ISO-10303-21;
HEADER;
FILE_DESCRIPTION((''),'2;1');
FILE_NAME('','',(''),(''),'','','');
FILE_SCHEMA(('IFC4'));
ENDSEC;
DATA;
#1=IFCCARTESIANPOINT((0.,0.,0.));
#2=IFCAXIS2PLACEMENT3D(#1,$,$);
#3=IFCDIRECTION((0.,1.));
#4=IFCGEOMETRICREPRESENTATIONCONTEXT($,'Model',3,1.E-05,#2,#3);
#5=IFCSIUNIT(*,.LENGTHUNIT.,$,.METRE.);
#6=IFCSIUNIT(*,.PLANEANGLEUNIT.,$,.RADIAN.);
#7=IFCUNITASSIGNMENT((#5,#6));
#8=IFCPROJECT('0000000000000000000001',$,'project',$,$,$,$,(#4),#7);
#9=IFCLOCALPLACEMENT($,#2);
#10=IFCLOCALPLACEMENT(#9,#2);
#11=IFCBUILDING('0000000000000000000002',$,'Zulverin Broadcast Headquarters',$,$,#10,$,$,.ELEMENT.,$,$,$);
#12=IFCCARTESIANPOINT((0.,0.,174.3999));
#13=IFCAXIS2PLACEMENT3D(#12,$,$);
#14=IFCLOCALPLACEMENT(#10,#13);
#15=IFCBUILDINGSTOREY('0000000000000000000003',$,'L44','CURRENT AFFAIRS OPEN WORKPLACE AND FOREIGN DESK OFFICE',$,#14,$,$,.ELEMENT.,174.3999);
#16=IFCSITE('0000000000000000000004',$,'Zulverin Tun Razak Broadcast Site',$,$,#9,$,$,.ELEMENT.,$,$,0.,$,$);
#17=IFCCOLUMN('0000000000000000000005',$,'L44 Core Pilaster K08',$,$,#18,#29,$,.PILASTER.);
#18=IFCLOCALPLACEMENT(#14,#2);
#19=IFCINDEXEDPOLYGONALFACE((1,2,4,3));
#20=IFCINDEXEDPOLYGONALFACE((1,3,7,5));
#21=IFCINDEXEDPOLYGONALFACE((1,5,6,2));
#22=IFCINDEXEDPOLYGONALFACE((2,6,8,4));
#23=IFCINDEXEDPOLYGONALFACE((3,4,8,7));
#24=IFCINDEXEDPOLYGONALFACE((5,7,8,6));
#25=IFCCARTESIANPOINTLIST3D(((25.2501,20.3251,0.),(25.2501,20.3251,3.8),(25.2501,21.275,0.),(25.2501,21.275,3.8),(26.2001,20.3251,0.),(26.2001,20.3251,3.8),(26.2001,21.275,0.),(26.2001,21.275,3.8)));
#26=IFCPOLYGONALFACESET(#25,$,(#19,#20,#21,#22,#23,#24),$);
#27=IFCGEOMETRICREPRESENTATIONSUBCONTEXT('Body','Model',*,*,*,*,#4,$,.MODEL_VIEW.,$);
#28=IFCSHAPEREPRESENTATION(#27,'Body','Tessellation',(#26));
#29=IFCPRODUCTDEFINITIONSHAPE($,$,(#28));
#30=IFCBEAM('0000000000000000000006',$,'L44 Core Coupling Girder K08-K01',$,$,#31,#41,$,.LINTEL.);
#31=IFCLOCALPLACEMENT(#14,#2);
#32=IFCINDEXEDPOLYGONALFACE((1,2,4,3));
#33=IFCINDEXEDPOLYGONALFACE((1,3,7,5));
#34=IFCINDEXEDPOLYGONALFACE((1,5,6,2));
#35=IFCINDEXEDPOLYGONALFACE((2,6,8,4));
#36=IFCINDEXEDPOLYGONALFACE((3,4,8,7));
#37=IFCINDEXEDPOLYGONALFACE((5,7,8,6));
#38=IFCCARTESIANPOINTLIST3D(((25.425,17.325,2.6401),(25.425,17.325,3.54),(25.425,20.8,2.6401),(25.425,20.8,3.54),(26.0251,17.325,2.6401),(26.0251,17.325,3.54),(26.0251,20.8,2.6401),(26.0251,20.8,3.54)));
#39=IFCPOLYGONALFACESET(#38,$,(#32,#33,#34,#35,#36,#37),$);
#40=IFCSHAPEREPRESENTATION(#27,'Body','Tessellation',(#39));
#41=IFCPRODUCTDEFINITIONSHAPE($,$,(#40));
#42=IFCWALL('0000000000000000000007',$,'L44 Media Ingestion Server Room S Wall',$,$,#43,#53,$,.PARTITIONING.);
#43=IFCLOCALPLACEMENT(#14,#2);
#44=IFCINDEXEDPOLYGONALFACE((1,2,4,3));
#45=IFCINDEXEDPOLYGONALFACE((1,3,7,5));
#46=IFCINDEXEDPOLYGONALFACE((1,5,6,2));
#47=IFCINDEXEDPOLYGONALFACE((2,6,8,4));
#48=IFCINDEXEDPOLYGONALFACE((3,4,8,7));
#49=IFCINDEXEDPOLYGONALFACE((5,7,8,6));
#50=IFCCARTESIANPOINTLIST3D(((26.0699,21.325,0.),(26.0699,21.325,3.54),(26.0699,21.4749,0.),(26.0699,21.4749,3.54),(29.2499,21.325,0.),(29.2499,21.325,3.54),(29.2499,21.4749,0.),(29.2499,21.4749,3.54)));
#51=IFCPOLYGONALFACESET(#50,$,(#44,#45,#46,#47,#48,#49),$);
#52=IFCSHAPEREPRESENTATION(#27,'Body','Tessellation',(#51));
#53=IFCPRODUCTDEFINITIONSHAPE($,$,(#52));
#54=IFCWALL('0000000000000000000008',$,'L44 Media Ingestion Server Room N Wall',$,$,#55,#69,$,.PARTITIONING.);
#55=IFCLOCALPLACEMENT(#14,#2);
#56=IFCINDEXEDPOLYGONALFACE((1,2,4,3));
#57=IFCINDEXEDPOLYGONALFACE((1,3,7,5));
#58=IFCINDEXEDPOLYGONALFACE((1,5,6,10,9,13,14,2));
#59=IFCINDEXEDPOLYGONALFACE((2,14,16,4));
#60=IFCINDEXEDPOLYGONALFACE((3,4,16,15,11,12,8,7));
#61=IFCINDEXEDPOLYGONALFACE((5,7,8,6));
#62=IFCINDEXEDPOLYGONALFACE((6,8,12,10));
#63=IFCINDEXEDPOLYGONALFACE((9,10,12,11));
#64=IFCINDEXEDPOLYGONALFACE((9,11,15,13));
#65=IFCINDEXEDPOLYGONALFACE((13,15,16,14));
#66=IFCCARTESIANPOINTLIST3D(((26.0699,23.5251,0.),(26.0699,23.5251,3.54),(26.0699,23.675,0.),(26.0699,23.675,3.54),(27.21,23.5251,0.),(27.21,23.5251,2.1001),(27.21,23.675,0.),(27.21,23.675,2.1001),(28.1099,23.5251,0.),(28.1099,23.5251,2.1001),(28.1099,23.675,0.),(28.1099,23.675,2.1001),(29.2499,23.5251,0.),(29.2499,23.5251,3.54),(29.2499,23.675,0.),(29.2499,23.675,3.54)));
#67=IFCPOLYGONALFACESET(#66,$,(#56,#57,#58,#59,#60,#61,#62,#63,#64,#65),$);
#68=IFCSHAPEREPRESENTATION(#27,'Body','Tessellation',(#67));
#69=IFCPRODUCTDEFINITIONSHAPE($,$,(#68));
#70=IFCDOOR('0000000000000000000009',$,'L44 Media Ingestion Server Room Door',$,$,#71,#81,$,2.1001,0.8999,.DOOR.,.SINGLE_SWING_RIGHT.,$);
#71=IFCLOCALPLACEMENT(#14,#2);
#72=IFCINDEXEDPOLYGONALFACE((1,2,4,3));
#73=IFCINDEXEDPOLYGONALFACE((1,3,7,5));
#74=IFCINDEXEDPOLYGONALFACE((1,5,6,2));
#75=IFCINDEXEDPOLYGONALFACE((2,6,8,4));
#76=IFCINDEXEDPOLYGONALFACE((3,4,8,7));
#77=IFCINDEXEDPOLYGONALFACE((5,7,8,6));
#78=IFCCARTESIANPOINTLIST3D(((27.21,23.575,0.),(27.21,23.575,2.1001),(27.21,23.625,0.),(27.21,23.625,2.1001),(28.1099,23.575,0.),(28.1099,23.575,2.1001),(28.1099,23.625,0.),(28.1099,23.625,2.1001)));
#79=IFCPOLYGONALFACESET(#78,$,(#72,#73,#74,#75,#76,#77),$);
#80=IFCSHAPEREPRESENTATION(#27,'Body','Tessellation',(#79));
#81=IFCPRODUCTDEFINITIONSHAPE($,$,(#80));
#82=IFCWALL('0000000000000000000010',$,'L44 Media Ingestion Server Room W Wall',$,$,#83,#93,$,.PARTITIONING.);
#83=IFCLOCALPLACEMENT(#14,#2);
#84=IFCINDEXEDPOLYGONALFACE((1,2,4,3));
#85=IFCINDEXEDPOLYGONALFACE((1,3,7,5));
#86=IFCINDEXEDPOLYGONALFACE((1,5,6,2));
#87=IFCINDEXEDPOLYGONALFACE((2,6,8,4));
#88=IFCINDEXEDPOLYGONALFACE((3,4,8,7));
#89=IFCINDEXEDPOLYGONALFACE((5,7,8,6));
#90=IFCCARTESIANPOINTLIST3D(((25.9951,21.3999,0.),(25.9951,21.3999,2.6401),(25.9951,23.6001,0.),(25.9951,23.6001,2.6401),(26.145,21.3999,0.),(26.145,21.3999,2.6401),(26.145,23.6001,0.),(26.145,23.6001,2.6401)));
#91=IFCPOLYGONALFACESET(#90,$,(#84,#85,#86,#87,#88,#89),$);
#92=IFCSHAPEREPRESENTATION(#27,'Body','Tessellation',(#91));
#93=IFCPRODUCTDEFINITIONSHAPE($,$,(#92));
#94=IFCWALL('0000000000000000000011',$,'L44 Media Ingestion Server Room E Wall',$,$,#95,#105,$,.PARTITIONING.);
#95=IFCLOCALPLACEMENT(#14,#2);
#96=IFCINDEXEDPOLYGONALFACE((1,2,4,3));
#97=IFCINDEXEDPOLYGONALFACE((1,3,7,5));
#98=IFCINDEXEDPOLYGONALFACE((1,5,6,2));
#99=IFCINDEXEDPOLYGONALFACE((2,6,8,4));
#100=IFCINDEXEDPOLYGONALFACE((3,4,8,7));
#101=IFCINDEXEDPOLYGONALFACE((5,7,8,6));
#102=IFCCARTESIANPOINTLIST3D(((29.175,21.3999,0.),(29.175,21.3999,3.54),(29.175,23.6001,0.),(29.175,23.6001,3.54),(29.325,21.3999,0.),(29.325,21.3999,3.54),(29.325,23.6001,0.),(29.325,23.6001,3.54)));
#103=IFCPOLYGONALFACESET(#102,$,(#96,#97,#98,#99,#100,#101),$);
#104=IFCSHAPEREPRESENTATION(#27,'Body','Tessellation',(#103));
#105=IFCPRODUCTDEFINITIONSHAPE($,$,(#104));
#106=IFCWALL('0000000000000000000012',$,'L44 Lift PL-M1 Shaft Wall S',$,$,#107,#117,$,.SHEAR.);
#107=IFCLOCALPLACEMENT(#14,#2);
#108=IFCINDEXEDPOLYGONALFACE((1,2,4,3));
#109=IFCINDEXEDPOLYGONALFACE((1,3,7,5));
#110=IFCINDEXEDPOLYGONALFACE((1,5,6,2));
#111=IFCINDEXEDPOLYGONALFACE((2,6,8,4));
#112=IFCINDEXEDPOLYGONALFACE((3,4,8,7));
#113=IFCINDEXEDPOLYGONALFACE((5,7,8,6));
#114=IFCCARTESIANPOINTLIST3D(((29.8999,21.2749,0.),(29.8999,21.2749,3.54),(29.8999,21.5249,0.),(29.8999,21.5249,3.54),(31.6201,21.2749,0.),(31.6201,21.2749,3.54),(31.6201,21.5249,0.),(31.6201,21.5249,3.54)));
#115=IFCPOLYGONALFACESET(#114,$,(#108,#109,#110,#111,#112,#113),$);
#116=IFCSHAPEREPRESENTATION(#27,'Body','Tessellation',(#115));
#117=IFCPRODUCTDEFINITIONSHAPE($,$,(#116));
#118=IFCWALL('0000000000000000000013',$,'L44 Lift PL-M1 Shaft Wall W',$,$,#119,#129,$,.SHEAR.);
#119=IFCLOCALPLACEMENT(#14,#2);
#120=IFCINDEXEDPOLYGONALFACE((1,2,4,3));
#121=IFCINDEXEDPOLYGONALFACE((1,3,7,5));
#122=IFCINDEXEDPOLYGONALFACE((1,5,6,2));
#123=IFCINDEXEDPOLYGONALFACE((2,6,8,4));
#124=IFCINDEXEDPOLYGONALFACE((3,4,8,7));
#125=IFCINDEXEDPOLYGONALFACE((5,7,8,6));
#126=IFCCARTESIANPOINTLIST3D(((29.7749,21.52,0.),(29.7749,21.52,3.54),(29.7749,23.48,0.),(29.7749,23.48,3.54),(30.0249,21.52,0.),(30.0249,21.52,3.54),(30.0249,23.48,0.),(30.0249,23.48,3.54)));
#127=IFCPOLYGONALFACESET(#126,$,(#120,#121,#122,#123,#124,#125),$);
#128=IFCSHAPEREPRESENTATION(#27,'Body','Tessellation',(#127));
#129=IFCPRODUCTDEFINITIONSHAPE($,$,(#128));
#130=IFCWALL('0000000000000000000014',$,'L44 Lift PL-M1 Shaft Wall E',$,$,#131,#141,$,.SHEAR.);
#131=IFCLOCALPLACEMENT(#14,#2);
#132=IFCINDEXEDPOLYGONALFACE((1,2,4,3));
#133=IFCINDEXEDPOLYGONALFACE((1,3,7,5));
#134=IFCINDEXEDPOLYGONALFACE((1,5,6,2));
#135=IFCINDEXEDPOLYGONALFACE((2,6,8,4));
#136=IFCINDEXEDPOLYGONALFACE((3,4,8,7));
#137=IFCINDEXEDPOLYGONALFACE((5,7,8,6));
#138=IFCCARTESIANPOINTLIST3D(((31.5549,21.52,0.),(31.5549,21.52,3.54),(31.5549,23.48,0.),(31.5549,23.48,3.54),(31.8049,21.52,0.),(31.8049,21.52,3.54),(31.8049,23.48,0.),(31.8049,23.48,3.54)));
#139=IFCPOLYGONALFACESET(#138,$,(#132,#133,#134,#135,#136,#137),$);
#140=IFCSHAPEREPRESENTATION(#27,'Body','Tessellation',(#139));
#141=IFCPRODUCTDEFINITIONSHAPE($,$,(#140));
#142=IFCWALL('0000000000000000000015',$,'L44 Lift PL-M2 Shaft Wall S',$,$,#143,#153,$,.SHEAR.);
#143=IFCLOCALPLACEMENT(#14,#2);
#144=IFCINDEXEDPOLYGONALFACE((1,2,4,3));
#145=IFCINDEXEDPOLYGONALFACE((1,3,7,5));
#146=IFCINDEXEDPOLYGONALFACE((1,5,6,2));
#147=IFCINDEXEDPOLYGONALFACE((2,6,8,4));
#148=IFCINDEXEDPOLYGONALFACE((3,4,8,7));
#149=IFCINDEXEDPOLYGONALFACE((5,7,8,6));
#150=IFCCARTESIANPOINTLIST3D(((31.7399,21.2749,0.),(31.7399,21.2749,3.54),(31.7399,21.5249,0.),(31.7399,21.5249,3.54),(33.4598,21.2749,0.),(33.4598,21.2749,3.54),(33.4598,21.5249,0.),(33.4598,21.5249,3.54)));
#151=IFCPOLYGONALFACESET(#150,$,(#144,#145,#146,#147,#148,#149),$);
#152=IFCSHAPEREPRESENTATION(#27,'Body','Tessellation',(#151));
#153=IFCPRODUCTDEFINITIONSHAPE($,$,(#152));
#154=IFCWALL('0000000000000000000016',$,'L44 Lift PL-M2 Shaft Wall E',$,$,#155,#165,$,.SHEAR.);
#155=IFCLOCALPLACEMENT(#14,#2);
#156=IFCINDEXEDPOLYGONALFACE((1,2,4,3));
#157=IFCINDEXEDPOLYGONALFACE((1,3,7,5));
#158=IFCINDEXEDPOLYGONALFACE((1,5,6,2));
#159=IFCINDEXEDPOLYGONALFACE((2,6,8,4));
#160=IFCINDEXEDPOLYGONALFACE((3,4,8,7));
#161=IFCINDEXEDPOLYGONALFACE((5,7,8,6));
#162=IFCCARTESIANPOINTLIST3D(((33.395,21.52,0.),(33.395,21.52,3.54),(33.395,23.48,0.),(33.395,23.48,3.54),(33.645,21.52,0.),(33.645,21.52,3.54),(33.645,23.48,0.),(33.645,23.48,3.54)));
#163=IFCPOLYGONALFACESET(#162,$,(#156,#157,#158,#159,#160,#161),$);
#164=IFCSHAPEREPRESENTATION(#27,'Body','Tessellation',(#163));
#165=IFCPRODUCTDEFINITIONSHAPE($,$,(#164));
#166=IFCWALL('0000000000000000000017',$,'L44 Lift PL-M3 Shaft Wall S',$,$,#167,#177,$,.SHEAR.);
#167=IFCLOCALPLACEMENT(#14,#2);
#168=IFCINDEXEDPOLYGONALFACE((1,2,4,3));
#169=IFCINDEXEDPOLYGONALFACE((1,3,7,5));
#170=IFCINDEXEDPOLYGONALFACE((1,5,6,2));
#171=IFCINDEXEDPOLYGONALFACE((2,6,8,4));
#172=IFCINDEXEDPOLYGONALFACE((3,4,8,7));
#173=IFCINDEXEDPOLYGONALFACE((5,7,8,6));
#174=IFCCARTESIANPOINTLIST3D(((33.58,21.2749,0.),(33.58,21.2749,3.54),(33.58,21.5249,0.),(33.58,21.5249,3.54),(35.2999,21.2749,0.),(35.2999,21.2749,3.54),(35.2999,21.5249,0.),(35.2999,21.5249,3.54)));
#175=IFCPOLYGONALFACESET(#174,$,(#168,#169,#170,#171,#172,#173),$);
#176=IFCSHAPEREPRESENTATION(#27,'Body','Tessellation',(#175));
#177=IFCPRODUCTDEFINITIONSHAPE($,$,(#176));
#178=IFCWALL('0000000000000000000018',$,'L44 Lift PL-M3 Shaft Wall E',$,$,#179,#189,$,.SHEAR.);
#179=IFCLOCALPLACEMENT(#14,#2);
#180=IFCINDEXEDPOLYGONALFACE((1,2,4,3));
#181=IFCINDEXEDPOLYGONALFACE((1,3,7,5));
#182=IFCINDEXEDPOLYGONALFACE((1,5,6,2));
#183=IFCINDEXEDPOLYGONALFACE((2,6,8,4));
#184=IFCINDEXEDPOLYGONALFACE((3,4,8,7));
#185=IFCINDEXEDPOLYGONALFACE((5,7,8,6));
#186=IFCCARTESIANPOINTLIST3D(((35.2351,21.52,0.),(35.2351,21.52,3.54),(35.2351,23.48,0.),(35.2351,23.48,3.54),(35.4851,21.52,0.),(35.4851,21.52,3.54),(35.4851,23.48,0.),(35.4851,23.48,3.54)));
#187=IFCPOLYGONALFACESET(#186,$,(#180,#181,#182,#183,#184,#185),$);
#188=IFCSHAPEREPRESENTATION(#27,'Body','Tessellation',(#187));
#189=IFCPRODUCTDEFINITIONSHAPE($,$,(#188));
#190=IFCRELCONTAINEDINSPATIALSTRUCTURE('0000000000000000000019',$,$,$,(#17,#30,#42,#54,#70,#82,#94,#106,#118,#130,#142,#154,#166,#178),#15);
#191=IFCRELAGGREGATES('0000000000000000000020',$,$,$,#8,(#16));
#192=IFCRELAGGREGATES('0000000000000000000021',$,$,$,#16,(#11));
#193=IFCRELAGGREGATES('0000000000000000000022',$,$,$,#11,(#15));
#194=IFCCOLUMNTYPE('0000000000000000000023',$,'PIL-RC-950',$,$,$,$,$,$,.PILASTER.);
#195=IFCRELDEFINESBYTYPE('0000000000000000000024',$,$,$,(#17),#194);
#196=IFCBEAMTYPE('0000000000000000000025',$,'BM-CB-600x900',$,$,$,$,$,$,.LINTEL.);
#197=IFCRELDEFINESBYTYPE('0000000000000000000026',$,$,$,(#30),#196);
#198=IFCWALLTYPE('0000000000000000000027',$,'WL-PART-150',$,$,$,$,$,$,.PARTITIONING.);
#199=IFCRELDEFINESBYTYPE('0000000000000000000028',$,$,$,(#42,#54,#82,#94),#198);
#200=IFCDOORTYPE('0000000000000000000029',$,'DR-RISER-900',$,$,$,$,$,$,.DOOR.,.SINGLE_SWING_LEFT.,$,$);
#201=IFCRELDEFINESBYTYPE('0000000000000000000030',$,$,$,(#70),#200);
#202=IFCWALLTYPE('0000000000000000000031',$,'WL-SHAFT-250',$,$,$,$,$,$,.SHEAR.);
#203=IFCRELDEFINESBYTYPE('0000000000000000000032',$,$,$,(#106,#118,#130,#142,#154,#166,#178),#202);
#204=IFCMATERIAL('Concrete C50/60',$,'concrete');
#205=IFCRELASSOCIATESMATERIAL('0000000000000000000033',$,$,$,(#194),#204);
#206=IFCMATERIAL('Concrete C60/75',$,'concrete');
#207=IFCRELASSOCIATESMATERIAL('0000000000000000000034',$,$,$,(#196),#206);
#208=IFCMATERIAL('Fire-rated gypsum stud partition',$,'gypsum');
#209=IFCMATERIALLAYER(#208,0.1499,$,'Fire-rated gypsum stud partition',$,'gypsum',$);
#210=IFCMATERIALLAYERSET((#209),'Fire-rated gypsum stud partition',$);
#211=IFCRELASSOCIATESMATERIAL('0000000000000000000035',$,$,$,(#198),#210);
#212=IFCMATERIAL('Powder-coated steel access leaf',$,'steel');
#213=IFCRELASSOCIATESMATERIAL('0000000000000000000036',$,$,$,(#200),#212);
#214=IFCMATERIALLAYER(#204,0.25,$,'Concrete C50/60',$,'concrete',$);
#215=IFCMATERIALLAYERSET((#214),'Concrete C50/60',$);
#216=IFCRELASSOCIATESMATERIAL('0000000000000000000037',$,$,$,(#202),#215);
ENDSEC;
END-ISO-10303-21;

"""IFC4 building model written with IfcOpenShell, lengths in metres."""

from ifc_helpers import new_model, si_unit, direction, frame, frame_2d, origin, origin_2d, place, context, subcontext, project, spatial, rectangle, extrude, material, layer, layer_set, material_profile, profile_set, type_object, element, fill, save


model = new_model("IFC4")

# Units and contexts
model_context = context("Model", 3, precision=1e-05, world=origin(), true_north=direction((0.0, 1.0)))
body_context = subcontext(model_context, "Body", "Model", "MODEL_VIEW")
ifc_project = project(units=[si_unit("LENGTHUNIT", "METRE"), si_unit("PLANEANGLEUNIT", "RADIAN")], contexts=[model_context])

# Site, building, storey
site_placement = place(None, origin())
site = spatial("IfcSite", under=ifc_project, at=site_placement, Name="Zulverin Tun Razak Broadcast Site", CompositionType="ELEMENT", RefElevation=0.0)
building_placement = place(site_placement, origin())
building = spatial("IfcBuilding", under=site, at=building_placement, Name="Zulverin Broadcast Headquarters", CompositionType="ELEMENT")
storey_placement = place(building_placement, frame((0.0, 0.0, 174.3999)))
storey = spatial("IfcBuildingStorey", under=building, at=storey_placement, Name="L44", Description="CURRENT AFFAIRS OPEN WORKPLACE AND FOREIGN DESK OFFICE", CompositionType="ELEMENT", Elevation=174.3999)

# Column
ifc_material_1 = material(Name="Concrete C50/60", Category="concrete")
ifc_material_profile_1 = material_profile(ifc_material_1, rectangle(XDim=0.95, YDim=0.95, at=origin_2d()), Name="Concrete C50/60", Category="concrete")
ifc_profile_set_1 = profile_set([ifc_material_profile_1], Name="Concrete C50/60")
column_type = type_object("IfcColumnType", Name="PIL-RC-950", PredefinedType="PILASTER", material=ifc_profile_set_1)
column_placement = place(storey_placement, frame((25.7251, 20.8, 0.0), z_axis=(0.0, 0.0, 1.0), x_axis=(1.0, 0.0, 0.0)))
element("IfcColumn", 1, at=column_placement, inside=storey, type_object=column_type, Name="L44 Core Pilaster K08", PredefinedType="PILASTER", context=body_context, shape_type="SweptSolid", body=[
    extrude(rectangle(XDim=0.95, YDim=0.95, at=origin_2d()), origin(), (0.0, 0.0, 1.0), 3.8),
])

# Beam
ifc_material_2 = material(Name="Concrete C60/75", Category="concrete")
ifc_material_profile_2 = material_profile(ifc_material_2, rectangle(XDim=0.6001, YDim=0.8999, at=origin_2d()), Name="Concrete C60/75", Category="concrete")
ifc_profile_set_2 = profile_set([ifc_material_profile_2], Name="Concrete C60/75")
beam_type = type_object("IfcBeamType", Name="BM-CB-600x900", PredefinedType="LINTEL", material=ifc_profile_set_2)
beam_placement = place(storey_placement, frame((25.7251, 20.8, 3.0901), z_axis=(0.0, -1.0, 0.0), x_axis=(1.0, 0.0, 0.0)))
element("IfcBeam", 2, at=beam_placement, inside=storey, type_object=beam_type, Name="L44 Core Coupling Girder K08-K01", PredefinedType="LINTEL", context=body_context, shape_type="SweptSolid", body=[
    extrude(rectangle(XDim=0.6001, YDim=0.8999, at=origin_2d()), origin(), (0.0, 0.0, 1.0), 3.4751),
])

# Wall
ifc_material_3 = material(Name="Fire-rated gypsum stud partition", Category="gypsum")
ifc_layer_1 = layer(ifc_material_3, 0.1499, Name="Fire-rated gypsum stud partition", Category="gypsum")
ifc_layer_set_1 = layer_set([ifc_layer_1], Name="Fire-rated gypsum stud partition")
wall_type_1 = type_object("IfcWallType", Name="WL-PART-150", PredefinedType="PARTITIONING", material=ifc_layer_set_1)
wall_1_placement = place(storey_placement, frame((26.0701, 21.3999, 0.0), z_axis=(0.0, 0.0, 1.0), x_axis=(1.0, 0.0, 0.0)))
element("IfcWall", 3, at=wall_1_placement, inside=storey, type_object=wall_type_1, Name="L44 Media Ingestion Server Room S Wall", PredefinedType="PARTITIONING", context=body_context, shape_type="SweptSolid", body=[
    extrude(rectangle(XDim=3.1799, YDim=0.1499, at=frame_2d((1.5898, 0.0))), origin(), (0.0, 0.0, 1.0), 3.54),
])

# Wall, opening, door
wall_2_placement = place(storey_placement, frame((26.0701, 23.6001, 0.0), z_axis=(0.0, 0.0, 1.0), x_axis=(1.0, 0.0, 0.0)))
wall_2 = element("IfcWall", 4, at=wall_2_placement, inside=storey, type_object=wall_type_1, Name="L44 Media Ingestion Server Room N Wall", PredefinedType="PARTITIONING", context=body_context, shape_type="SweptSolid", body=[
    extrude(rectangle(XDim=3.1799, YDim=0.1499, at=frame_2d((1.5898, 0.0))), origin(), (0.0, 0.0, 1.0), 3.54),
])
opening_1_placement = place(wall_2_placement, frame((1.1399, 0.0, 0.0)))
opening_1 = element("IfcOpeningElement", 5, at=opening_1_placement, cuts=wall_2, PredefinedType="OPENING", context=body_context, shape_type="SweptSolid", body=[
    extrude(rectangle(XDim=0.8999, YDim=2.1001, at=frame_2d((0.45, 1.05))), frame((0.0, 0.085, 0.0), z_axis=(0.0, -1.0, 0.0), x_axis=(1.0, 0.0, 0.0)), (0.0, 0.0, 1.0), 0.1699),
])
ifc_material_4 = material(Name="Powder-coated steel access leaf", Category="steel")
door_type_1 = type_object("IfcDoorType", Name="DR-RISER-900", OperationType="SINGLE_SWING_LEFT", PredefinedType="DOOR", material=ifc_material_4)
door_1_placement = place(opening_1_placement, origin())
door_1 = element("IfcDoor", 6, at=door_1_placement, inside=storey, type_object=door_type_1, Name="L44 Media Ingestion Server Room Door", OperationType="SINGLE_SWING_RIGHT", OverallHeight=2.1001, OverallWidth=0.8999, PredefinedType="DOOR", context=body_context, shape_type="SweptSolid", body=[
    extrude(rectangle(XDim=0.8999, YDim=2.1001, at=frame_2d((0.45, 1.05))), frame((0.0, 0.0249, 0.0), z_axis=(0.0, -1.0, 0.0), x_axis=(1.0, 0.0, 0.0)), (0.0, 0.0, 1.0), 0.05),
])
fill(opening_1, door_1)

# Walls
wall_3_placement = place(storey_placement, frame((26.0701, 21.3999, 0.0), z_axis=(0.0, 0.0, 1.0), x_axis=(0.0, 1.0, 0.0)))
element("IfcWall", 7, at=wall_3_placement, inside=storey, type_object=wall_type_1, Name="L44 Media Ingestion Server Room W Wall", PredefinedType="PARTITIONING", context=body_context, shape_type="SweptSolid", body=[
    extrude(rectangle(XDim=2.2002, YDim=0.1499, at=frame_2d((1.1001, 0.0))), origin(), (0.0, 0.0, 1.0), 2.6401),
])
wall_4_placement = place(storey_placement, frame((29.25, 21.3999, 0.0), z_axis=(0.0, 0.0, 1.0), x_axis=(0.0, 1.0, 0.0)))
element("IfcWall", 8, at=wall_4_placement, inside=storey, type_object=wall_type_1, Name="L44 Media Ingestion Server Room E Wall", PredefinedType="PARTITIONING", context=body_context, shape_type="SweptSolid", body=[
    extrude(rectangle(XDim=2.2002, YDim=0.1499, at=frame_2d((1.1001, 0.0))), origin(), (0.0, 0.0, 1.0), 3.54),
])
ifc_layer_2 = layer(ifc_material_1, 0.25, Name="Concrete C50/60", Category="concrete")
ifc_layer_set_2 = layer_set([ifc_layer_2], Name="Concrete C50/60")
wall_type_2 = type_object("IfcWallType", Name="WL-SHAFT-250", PredefinedType="SHEAR", material=ifc_layer_set_2)
wall_5_placement = place(storey_placement, frame((29.8999, 21.3999, 0.0), z_axis=(0.0, 0.0, 1.0), x_axis=(1.0, 0.0, 0.0)))
element("IfcWall", 9, at=wall_5_placement, inside=storey, type_object=wall_type_2, Name="L44 Lift PL-M1 Shaft Wall S", PredefinedType="SHEAR", context=body_context, shape_type="SweptSolid", body=[
    extrude(rectangle(XDim=1.7202, YDim=0.25, at=frame_2d((0.8601, 0.0))), origin(), (0.0, 0.0, 1.0), 3.54),
])

# Walls
for number, where, z_axis, x_axis, name in (
    (10, (29.8999, 21.52, 0.0), (0.0, 0.0, 1.0), (0.0, 1.0, 0.0), "L44 Lift PL-M1 Shaft Wall W"),
    (11, (31.6799, 21.52, 0.0), (0.0, 0.0, 1.0), (0.0, 1.0, 0.0), "L44 Lift PL-M1 Shaft Wall E"),
):
    element("IfcWall", number, at=place(storey_placement, frame(where, z_axis=z_axis, x_axis=x_axis)), inside=storey, type_object=wall_type_2, Name=name, PredefinedType="SHEAR", context=body_context, shape_type="SweptSolid", body=[
        extrude(rectangle(XDim=1.96, YDim=0.25, at=frame_2d((0.98, 0.0))), origin(), (0.0, 0.0, 1.0), 3.54),
    ])
wall_6_placement = place(storey_placement, frame((31.74, 21.3999, 0.0), z_axis=(0.0, 0.0, 1.0), x_axis=(1.0, 0.0, 0.0)))
element("IfcWall", 12, at=wall_6_placement, inside=storey, type_object=wall_type_2, Name="L44 Lift PL-M2 Shaft Wall S", PredefinedType="SHEAR", context=body_context, shape_type="SweptSolid", body=[
    extrude(rectangle(XDim=1.72, YDim=0.25, at=frame_2d((0.8599, 0.0))), origin(), (0.0, 0.0, 1.0), 3.54),
])

# Walls
wall_7_placement = place(storey_placement, frame((33.52, 21.52, 0.0), z_axis=(0.0, 0.0, 1.0), x_axis=(0.0, 1.0, 0.0)))
element("IfcWall", 13, at=wall_7_placement, inside=storey, type_object=wall_type_2, Name="L44 Lift PL-M2 Shaft Wall E", PredefinedType="SHEAR", context=body_context, shape_type="SweptSolid", body=[
    extrude(rectangle(XDim=1.96, YDim=0.25, at=frame_2d((0.98, 0.0))), origin(), (0.0, 0.0, 1.0), 3.54),
])
wall_8_placement = place(storey_placement, frame((33.5801, 21.3999, 0.0), z_axis=(0.0, 0.0, 1.0), x_axis=(1.0, 0.0, 0.0)))
element("IfcWall", 14, at=wall_8_placement, inside=storey, type_object=wall_type_2, Name="L44 Lift PL-M3 Shaft Wall S", PredefinedType="SHEAR", context=body_context, shape_type="SweptSolid", body=[
    extrude(rectangle(XDim=1.72, YDim=0.25, at=frame_2d((0.8599, 0.0))), origin(), (0.0, 0.0, 1.0), 3.54),
])

# Wall
wall_9_placement = place(storey_placement, frame((35.3601, 21.52, 0.0), z_axis=(0.0, 0.0, 1.0), x_axis=(0.0, 1.0, 0.0)))
element("IfcWall", 15, at=wall_9_placement, inside=storey, type_object=wall_type_2, Name="L44 Lift PL-M3 Shaft Wall E", PredefinedType="SHEAR", context=body_context, shape_type="SweptSolid", body=[
    extrude(rectangle(XDim=1.96, YDim=0.25, at=frame_2d((0.98, 0.0))), origin(), (0.0, 0.0, 1.0), 3.54),
])

save(model, "model.ifc")
